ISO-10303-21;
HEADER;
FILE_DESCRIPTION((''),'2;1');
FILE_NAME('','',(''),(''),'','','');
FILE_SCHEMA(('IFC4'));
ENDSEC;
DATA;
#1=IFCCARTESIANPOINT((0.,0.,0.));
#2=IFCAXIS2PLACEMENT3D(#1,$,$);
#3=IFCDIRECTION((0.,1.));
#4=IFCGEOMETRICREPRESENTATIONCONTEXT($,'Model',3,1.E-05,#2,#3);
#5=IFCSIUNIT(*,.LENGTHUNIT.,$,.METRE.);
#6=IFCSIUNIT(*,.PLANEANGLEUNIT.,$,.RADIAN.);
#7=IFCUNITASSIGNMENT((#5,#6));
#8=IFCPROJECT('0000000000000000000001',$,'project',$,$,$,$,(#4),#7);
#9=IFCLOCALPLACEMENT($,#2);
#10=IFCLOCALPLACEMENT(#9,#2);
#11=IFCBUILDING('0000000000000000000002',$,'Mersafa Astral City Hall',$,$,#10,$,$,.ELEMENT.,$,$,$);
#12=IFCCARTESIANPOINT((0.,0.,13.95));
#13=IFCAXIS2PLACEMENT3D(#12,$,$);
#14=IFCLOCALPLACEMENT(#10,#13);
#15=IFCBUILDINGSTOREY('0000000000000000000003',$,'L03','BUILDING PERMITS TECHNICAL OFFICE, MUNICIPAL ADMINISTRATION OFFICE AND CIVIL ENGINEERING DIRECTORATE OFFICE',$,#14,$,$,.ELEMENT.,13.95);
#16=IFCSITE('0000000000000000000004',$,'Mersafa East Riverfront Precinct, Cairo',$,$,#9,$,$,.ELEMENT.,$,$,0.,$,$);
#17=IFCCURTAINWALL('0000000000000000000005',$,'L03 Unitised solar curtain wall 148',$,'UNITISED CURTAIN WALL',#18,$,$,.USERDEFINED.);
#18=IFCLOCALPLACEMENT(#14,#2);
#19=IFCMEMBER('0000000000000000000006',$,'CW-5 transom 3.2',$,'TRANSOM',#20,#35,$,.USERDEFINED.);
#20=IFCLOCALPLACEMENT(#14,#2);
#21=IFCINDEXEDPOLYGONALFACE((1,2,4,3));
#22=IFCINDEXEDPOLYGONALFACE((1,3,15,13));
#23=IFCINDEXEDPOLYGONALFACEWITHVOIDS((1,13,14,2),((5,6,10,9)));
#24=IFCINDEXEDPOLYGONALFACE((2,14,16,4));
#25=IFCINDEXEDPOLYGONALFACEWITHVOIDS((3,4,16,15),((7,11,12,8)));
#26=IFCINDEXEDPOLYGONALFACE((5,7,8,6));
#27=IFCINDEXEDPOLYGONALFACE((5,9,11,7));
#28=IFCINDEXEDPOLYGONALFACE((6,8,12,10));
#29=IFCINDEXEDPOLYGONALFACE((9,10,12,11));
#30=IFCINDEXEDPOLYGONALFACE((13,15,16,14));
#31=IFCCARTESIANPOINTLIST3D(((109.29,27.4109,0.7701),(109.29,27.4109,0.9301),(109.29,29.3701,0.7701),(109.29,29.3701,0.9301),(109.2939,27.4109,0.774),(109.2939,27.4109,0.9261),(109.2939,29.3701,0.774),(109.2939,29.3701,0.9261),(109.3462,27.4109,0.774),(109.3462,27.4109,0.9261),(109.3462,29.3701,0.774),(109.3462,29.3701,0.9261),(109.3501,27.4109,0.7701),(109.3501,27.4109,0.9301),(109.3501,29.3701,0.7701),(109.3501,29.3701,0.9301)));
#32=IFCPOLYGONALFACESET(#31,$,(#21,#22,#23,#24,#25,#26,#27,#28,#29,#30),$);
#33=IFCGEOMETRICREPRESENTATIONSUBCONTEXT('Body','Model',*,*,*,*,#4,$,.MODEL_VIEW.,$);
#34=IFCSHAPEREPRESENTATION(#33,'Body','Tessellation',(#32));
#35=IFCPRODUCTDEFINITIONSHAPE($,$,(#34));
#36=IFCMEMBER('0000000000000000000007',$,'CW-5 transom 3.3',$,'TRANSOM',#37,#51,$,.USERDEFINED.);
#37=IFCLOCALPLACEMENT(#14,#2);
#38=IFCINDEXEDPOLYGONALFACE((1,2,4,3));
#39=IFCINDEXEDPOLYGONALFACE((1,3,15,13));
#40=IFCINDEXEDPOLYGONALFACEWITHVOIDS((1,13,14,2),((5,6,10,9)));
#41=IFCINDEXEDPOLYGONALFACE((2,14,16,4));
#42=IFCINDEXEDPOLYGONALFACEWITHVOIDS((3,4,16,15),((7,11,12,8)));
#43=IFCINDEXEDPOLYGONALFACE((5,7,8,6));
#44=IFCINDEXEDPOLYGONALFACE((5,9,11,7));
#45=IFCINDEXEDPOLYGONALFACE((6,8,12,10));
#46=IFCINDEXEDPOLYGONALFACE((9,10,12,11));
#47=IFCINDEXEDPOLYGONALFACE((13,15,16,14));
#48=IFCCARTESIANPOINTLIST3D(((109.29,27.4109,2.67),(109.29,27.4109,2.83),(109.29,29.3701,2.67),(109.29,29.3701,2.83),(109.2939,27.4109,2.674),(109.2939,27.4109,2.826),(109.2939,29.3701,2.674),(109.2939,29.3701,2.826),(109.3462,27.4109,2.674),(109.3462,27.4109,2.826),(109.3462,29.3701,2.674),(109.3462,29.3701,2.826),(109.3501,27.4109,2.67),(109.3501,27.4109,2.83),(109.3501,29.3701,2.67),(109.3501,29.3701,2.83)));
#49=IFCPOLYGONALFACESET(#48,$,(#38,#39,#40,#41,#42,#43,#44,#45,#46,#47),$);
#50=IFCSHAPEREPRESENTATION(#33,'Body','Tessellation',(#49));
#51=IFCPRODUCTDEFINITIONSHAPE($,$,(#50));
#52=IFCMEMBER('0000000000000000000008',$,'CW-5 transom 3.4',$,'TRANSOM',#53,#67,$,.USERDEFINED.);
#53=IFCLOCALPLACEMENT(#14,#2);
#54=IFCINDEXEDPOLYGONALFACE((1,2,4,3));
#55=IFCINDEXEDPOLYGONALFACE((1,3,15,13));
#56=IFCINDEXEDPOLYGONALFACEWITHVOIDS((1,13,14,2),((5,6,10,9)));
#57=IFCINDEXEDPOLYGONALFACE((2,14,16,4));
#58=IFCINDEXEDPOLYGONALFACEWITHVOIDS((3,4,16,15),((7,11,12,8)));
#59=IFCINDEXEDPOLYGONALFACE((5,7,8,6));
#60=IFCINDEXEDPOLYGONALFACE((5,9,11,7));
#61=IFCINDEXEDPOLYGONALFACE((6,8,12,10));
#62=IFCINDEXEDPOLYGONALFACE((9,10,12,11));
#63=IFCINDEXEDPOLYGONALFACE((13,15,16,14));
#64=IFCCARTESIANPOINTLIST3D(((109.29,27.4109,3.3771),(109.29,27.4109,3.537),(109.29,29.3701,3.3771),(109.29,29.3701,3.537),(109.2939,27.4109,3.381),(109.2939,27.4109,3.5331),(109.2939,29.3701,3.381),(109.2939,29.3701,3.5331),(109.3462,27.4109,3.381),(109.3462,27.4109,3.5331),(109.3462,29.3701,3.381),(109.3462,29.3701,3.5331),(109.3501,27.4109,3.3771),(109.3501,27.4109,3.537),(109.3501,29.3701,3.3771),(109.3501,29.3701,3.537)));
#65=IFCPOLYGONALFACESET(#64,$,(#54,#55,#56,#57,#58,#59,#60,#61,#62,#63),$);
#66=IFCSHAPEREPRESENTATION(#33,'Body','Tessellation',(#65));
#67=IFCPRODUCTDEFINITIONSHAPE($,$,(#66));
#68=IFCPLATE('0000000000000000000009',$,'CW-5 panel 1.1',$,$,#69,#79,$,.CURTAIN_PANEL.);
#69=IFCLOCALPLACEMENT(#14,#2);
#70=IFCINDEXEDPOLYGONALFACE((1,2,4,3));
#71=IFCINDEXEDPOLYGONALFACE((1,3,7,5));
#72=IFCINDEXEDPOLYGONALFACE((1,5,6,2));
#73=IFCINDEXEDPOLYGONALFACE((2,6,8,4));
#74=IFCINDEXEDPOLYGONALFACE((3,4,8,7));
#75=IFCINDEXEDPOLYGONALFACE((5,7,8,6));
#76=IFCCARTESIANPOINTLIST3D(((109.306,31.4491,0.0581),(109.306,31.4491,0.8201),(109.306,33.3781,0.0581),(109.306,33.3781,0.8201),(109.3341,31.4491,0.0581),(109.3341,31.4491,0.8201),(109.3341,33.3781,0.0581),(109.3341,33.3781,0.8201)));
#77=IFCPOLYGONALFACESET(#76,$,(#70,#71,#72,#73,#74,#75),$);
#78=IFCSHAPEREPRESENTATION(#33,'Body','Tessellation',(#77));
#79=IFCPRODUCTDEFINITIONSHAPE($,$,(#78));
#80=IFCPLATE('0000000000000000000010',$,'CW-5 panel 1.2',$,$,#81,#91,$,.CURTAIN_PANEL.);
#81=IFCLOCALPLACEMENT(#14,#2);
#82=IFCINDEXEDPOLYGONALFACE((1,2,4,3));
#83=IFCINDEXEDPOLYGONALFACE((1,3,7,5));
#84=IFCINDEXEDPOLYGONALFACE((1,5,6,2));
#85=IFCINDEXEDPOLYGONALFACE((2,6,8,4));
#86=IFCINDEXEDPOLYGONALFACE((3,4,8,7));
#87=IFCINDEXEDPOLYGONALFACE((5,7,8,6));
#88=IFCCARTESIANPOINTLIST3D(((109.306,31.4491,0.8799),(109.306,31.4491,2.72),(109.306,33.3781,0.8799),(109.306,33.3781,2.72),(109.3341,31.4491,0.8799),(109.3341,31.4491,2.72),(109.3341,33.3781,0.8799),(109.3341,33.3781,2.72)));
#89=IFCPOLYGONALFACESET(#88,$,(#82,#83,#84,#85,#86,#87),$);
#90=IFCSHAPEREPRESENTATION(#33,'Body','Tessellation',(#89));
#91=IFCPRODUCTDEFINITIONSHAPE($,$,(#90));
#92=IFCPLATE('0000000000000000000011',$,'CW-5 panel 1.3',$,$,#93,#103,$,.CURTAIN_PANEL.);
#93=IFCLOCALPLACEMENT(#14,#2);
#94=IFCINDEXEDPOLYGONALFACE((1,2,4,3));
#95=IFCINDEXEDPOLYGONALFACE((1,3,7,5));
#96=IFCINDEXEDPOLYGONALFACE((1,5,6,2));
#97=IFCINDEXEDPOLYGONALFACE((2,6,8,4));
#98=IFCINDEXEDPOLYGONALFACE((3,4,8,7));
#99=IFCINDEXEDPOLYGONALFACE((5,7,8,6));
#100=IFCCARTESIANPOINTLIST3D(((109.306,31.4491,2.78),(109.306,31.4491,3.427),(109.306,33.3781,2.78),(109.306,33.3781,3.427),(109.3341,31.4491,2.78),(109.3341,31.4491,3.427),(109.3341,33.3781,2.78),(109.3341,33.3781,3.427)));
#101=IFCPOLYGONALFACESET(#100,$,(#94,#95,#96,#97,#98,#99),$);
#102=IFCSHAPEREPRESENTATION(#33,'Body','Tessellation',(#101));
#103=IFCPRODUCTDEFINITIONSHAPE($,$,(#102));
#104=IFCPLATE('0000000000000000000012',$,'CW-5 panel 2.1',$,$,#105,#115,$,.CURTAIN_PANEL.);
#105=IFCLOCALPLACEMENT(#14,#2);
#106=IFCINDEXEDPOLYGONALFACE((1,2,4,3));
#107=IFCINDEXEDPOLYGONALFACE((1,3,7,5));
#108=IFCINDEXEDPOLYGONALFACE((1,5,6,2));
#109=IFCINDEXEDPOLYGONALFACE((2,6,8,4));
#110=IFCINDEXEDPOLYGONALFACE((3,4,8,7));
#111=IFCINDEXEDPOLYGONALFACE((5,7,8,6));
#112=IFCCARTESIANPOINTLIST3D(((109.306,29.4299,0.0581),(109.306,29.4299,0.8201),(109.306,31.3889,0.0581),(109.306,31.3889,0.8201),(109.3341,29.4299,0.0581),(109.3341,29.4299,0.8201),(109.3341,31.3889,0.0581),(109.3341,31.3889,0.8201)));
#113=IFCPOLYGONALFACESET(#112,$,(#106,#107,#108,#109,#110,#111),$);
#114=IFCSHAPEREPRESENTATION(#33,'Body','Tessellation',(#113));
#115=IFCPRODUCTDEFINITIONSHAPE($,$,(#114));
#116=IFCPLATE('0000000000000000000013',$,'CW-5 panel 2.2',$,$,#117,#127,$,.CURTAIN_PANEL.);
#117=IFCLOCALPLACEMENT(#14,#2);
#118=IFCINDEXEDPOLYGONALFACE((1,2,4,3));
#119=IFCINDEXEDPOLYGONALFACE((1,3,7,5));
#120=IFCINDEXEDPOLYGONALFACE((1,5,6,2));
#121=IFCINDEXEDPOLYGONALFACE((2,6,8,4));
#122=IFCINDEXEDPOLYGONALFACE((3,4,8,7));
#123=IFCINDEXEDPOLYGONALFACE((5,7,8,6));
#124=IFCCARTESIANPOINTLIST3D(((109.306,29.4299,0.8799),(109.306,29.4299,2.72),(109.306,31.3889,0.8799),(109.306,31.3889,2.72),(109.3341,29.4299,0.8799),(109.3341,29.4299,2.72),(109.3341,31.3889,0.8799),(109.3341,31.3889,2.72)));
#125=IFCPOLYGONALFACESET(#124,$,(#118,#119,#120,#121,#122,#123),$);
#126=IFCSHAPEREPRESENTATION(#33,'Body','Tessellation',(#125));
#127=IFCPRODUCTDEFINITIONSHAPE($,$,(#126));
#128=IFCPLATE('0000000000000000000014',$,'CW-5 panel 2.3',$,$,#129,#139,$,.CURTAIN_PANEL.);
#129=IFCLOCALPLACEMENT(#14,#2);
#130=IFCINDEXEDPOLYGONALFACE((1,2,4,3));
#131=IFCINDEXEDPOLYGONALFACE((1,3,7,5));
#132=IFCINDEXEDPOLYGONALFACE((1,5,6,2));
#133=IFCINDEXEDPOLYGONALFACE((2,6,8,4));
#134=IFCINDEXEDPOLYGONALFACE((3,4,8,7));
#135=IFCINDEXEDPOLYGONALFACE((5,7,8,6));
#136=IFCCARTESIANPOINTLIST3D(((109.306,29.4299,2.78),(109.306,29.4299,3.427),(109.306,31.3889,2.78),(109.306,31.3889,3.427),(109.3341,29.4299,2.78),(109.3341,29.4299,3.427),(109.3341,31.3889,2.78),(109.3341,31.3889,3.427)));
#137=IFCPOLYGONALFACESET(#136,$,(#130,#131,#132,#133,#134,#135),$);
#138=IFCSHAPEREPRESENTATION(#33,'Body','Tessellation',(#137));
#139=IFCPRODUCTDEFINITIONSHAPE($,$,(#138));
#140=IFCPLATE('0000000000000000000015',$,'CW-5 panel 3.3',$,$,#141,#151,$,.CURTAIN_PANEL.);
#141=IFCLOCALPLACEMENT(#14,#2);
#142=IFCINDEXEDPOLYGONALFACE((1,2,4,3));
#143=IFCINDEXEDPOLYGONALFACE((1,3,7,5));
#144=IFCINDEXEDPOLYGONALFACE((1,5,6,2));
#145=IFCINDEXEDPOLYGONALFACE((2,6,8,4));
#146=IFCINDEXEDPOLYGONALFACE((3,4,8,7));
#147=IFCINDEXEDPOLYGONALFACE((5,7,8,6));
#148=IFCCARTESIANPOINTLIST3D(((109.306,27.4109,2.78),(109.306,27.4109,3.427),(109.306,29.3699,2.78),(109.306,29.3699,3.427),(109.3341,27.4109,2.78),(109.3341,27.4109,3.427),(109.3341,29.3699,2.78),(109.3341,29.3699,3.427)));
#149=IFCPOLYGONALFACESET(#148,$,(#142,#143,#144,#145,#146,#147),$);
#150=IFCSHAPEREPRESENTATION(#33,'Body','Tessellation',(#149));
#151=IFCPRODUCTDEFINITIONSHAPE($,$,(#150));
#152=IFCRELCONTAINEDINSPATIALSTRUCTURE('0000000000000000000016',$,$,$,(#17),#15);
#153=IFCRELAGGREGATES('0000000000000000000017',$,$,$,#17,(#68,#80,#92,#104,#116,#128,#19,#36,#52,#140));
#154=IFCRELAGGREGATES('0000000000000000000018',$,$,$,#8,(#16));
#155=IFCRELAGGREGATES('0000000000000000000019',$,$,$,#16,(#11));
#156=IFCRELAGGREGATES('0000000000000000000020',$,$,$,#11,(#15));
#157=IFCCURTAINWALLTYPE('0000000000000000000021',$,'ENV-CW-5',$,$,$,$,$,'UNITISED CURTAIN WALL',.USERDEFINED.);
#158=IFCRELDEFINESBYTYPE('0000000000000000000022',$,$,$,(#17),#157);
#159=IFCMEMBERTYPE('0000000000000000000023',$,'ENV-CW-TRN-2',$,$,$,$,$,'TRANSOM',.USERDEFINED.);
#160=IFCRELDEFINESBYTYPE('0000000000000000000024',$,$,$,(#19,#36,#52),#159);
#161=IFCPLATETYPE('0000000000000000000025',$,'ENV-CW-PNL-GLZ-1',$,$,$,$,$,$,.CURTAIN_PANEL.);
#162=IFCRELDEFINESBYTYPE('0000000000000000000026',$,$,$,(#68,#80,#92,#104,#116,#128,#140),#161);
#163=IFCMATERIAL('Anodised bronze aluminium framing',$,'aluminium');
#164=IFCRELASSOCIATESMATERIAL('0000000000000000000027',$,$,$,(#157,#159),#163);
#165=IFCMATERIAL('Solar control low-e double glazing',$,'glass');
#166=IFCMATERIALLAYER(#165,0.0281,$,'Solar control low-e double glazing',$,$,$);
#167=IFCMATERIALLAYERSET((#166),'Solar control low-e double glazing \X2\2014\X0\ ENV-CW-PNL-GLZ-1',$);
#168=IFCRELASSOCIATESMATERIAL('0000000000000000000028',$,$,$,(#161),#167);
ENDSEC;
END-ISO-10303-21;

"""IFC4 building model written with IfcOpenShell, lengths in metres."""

from ifc_helpers import new_model, si_unit, direction, frame, origin, origin_2d, place, context, subcontext, project, spatial, rectangle, hollow_rectangle, extrude, material, layer, layer_set, material_profile, profile_set, type_object, element, aggregate, save


model = new_model("IFC4")

# Units and contexts
model_context = context("Model", 3, precision=1e-05, world=origin(), true_north=direction((0.0, 1.0)))
body_context = subcontext(model_context, "Body", "Model", "MODEL_VIEW")
ifc_project = project(units=[si_unit("LENGTHUNIT", "METRE"), si_unit("PLANEANGLEUNIT", "RADIAN")], contexts=[model_context])

# Site, building, storey
site_placement = place(None, origin())
site = spatial("IfcSite", under=ifc_project, at=site_placement, Name="Mersafa East Riverfront Precinct, Cairo", CompositionType="ELEMENT", RefElevation=0.0)
building_placement = place(site_placement, origin())
building = spatial("IfcBuilding", under=site, at=building_placement, Name="Mersafa Astral City Hall", CompositionType="ELEMENT")
storey_placement = place(building_placement, frame((0.0, 0.0, 13.95)))
storey = spatial("IfcBuildingStorey", under=building, at=storey_placement, Name="L03", Description="BUILDING PERMITS TECHNICAL OFFICE, MUNICIPAL ADMINISTRATION OFFICE AND CIVIL ENGINEERING DIRECTORATE OFFICE", CompositionType="ELEMENT", Elevation=13.95)

# Curtain wall, members, plates
ifc_material_1 = material(Name="Anodised bronze aluminium framing", Category="aluminium")
curtain_wall_type = type_object("IfcCurtainWallType", Name="ENV-CW-5", ElementType="UNITISED CURTAIN WALL", PredefinedType="USERDEFINED", material=ifc_material_1)
curtain_wall_placement = place(storey_placement, origin())
curtain_wall = element("IfcCurtainWall", 1, at=curtain_wall_placement, inside=storey, type_object=curtain_wall_type, Name="L03 Unitised solar curtain wall 148", ObjectType="UNITISED CURTAIN WALL", PredefinedType="USERDEFINED")
ifc_material_profile_1 = material_profile(ifc_material_1, hollow_rectangle(XDim=0.0601, YDim=0.1599, WallThickness=0.0039, at=origin_2d()), Name="RHS 60x160x4")
ifc_profile_set_1 = profile_set([ifc_material_profile_1], Name="Anodised bronze aluminium framing")
member_type_1 = type_object("IfcMemberType", Name="ENV-CW-TRN-2", ElementType="TRANSOM", PredefinedType="USERDEFINED", material=ifc_profile_set_1)
member_1_placement = place(storey_placement, frame((109.3201, 29.3701, 0.8501), z_axis=(0.0, -1.0, 0.0), x_axis=(1.0, 0.0, 0.0)))
member_1 = element("IfcMember", 2, at=member_1_placement, type_object=member_type_1, Name="CW-5 transom 3.2", ObjectType="TRANSOM", PredefinedType="USERDEFINED", context=body_context, shape_type="SweptSolid", body=[
    extrude(hollow_rectangle(XDim=0.0601, YDim=0.1599, WallThickness=0.0039, at=origin_2d()), origin(), (0.0, 0.0, 1.0), 1.9592),
])
member_2_placement = place(storey_placement, frame((109.3201, 29.3701, 2.75), z_axis=(0.0, -1.0, 0.0), x_axis=(1.0, 0.0, 0.0)))
member_2 = element("IfcMember", 3, at=member_2_placement, type_object=member_type_1, Name="CW-5 transom 3.3", ObjectType="TRANSOM", PredefinedType="USERDEFINED", context=body_context, shape_type="SweptSolid", body=[
    extrude(hollow_rectangle(XDim=0.0601, YDim=0.1599, WallThickness=0.0039, at=origin_2d()), origin(), (0.0, 0.0, 1.0), 1.9592),
])
member_3_placement = place(storey_placement, frame((109.3201, 29.3701, 3.457), z_axis=(0.0, -1.0, 0.0), x_axis=(1.0, 0.0, 0.0)))
member_3 = element("IfcMember", 4, at=member_3_placement, type_object=member_type_1, Name="CW-5 transom 3.4", ObjectType="TRANSOM", PredefinedType="USERDEFINED", context=body_context, shape_type="SweptSolid", body=[
    extrude(hollow_rectangle(XDim=0.0601, YDim=0.1599, WallThickness=0.0039, at=origin_2d()), origin(), (0.0, 0.0, 1.0), 1.9592),
])
ifc_material_2 = material(Name="Solar control low-e double glazing", Category="glass")
ifc_layer = layer(ifc_material_2, 0.0281, Name="Solar control low-e double glazing")
ifc_layer_set = layer_set([ifc_layer], Name="Solar control low-e double glazing — ENV-CW-PNL-GLZ-1")
plate_type = type_object("IfcPlateType", Name="ENV-CW-PNL-GLZ-1", PredefinedType="CURTAIN_PANEL", material=ifc_layer_set)
plate_1_placement = place(storey_placement, frame((109.3201, 32.4136, 0.0581), z_axis=(0.0, 0.0, 1.0), x_axis=(0.0, -1.0, 0.0)))
plate_1 = element("IfcPlate", 5, at=plate_1_placement, type_object=plate_type, Name="CW-5 panel 1.1", PredefinedType="CURTAIN_PANEL", context=body_context, shape_type="SweptSolid", body=[
    extrude(rectangle(XDim=1.929, YDim=0.0281, at=origin_2d()), origin(), (0.0, 0.0, 1.0), 0.762),
])
plate_2_placement = place(storey_placement, frame((109.3201, 32.4136, 0.8799), z_axis=(0.0, 0.0, 1.0), x_axis=(0.0, -1.0, 0.0)))
plate_2 = element("IfcPlate", 6, at=plate_2_placement, type_object=plate_type, Name="CW-5 panel 1.2", PredefinedType="CURTAIN_PANEL", context=body_context, shape_type="SweptSolid", body=[
    extrude(rectangle(XDim=1.929, YDim=0.0281, at=origin_2d()), origin(), (0.0, 0.0, 1.0), 1.8401),
])
plate_3_placement = place(storey_placement, frame((109.3201, 32.4136, 2.78), z_axis=(0.0, 0.0, 1.0), x_axis=(0.0, -1.0, 0.0)))
plate_3 = element("IfcPlate", 7, at=plate_3_placement, type_object=plate_type, Name="CW-5 panel 1.3", PredefinedType="CURTAIN_PANEL", context=body_context, shape_type="SweptSolid", body=[
    extrude(rectangle(XDim=1.929, YDim=0.0281, at=origin_2d()), origin(), (0.0, 0.0, 1.0), 0.647),
])
plate_4_placement = place(storey_placement, frame((109.3201, 30.4094, 0.0581), z_axis=(0.0, 0.0, 1.0), x_axis=(0.0, -1.0, 0.0)))
plate_4 = element("IfcPlate", 8, at=plate_4_placement, type_object=plate_type, Name="CW-5 panel 2.1", PredefinedType="CURTAIN_PANEL", context=body_context, shape_type="SweptSolid", body=[
    extrude(rectangle(XDim=1.959, YDim=0.0281, at=origin_2d()), origin(), (0.0, 0.0, 1.0), 0.762),
])
plate_5_placement = place(storey_placement, frame((109.3201, 30.4094, 0.8799), z_axis=(0.0, 0.0, 1.0), x_axis=(0.0, -1.0, 0.0)))
plate_5 = element("IfcPlate", 9, at=plate_5_placement, type_object=plate_type, Name="CW-5 panel 2.2", PredefinedType="CURTAIN_PANEL", context=body_context, shape_type="SweptSolid", body=[
    extrude(rectangle(XDim=1.959, YDim=0.0281, at=origin_2d()), origin(), (0.0, 0.0, 1.0), 1.8401),
])
plate_6_placement = place(storey_placement, frame((109.3201, 30.4094, 2.78), z_axis=(0.0, 0.0, 1.0), x_axis=(0.0, -1.0, 0.0)))
plate_6 = element("IfcPlate", 10, at=plate_6_placement, type_object=plate_type, Name="CW-5 panel 2.3", PredefinedType="CURTAIN_PANEL", context=body_context, shape_type="SweptSolid", body=[
    extrude(rectangle(XDim=1.959, YDim=0.0281, at=origin_2d()), origin(), (0.0, 0.0, 1.0), 0.647),
])
plate_7_placement = place(storey_placement, frame((109.3201, 28.3904, 2.78), z_axis=(0.0, 0.0, 1.0), x_axis=(0.0, -1.0, 0.0)))
plate_7 = element("IfcPlate", 11, at=plate_7_placement, type_object=plate_type, Name="CW-5 panel 3.3", PredefinedType="CURTAIN_PANEL", context=body_context, shape_type="SweptSolid", body=[
    extrude(rectangle(XDim=1.959, YDim=0.0281, at=origin_2d()), origin(), (0.0, 0.0, 1.0), 0.647),
])
aggregate(curtain_wall, [plate_1, plate_2, plate_3, plate_4, plate_5, plate_6, member_1, member_2, member_3, plate_7])

save(model, "model.ifc")
